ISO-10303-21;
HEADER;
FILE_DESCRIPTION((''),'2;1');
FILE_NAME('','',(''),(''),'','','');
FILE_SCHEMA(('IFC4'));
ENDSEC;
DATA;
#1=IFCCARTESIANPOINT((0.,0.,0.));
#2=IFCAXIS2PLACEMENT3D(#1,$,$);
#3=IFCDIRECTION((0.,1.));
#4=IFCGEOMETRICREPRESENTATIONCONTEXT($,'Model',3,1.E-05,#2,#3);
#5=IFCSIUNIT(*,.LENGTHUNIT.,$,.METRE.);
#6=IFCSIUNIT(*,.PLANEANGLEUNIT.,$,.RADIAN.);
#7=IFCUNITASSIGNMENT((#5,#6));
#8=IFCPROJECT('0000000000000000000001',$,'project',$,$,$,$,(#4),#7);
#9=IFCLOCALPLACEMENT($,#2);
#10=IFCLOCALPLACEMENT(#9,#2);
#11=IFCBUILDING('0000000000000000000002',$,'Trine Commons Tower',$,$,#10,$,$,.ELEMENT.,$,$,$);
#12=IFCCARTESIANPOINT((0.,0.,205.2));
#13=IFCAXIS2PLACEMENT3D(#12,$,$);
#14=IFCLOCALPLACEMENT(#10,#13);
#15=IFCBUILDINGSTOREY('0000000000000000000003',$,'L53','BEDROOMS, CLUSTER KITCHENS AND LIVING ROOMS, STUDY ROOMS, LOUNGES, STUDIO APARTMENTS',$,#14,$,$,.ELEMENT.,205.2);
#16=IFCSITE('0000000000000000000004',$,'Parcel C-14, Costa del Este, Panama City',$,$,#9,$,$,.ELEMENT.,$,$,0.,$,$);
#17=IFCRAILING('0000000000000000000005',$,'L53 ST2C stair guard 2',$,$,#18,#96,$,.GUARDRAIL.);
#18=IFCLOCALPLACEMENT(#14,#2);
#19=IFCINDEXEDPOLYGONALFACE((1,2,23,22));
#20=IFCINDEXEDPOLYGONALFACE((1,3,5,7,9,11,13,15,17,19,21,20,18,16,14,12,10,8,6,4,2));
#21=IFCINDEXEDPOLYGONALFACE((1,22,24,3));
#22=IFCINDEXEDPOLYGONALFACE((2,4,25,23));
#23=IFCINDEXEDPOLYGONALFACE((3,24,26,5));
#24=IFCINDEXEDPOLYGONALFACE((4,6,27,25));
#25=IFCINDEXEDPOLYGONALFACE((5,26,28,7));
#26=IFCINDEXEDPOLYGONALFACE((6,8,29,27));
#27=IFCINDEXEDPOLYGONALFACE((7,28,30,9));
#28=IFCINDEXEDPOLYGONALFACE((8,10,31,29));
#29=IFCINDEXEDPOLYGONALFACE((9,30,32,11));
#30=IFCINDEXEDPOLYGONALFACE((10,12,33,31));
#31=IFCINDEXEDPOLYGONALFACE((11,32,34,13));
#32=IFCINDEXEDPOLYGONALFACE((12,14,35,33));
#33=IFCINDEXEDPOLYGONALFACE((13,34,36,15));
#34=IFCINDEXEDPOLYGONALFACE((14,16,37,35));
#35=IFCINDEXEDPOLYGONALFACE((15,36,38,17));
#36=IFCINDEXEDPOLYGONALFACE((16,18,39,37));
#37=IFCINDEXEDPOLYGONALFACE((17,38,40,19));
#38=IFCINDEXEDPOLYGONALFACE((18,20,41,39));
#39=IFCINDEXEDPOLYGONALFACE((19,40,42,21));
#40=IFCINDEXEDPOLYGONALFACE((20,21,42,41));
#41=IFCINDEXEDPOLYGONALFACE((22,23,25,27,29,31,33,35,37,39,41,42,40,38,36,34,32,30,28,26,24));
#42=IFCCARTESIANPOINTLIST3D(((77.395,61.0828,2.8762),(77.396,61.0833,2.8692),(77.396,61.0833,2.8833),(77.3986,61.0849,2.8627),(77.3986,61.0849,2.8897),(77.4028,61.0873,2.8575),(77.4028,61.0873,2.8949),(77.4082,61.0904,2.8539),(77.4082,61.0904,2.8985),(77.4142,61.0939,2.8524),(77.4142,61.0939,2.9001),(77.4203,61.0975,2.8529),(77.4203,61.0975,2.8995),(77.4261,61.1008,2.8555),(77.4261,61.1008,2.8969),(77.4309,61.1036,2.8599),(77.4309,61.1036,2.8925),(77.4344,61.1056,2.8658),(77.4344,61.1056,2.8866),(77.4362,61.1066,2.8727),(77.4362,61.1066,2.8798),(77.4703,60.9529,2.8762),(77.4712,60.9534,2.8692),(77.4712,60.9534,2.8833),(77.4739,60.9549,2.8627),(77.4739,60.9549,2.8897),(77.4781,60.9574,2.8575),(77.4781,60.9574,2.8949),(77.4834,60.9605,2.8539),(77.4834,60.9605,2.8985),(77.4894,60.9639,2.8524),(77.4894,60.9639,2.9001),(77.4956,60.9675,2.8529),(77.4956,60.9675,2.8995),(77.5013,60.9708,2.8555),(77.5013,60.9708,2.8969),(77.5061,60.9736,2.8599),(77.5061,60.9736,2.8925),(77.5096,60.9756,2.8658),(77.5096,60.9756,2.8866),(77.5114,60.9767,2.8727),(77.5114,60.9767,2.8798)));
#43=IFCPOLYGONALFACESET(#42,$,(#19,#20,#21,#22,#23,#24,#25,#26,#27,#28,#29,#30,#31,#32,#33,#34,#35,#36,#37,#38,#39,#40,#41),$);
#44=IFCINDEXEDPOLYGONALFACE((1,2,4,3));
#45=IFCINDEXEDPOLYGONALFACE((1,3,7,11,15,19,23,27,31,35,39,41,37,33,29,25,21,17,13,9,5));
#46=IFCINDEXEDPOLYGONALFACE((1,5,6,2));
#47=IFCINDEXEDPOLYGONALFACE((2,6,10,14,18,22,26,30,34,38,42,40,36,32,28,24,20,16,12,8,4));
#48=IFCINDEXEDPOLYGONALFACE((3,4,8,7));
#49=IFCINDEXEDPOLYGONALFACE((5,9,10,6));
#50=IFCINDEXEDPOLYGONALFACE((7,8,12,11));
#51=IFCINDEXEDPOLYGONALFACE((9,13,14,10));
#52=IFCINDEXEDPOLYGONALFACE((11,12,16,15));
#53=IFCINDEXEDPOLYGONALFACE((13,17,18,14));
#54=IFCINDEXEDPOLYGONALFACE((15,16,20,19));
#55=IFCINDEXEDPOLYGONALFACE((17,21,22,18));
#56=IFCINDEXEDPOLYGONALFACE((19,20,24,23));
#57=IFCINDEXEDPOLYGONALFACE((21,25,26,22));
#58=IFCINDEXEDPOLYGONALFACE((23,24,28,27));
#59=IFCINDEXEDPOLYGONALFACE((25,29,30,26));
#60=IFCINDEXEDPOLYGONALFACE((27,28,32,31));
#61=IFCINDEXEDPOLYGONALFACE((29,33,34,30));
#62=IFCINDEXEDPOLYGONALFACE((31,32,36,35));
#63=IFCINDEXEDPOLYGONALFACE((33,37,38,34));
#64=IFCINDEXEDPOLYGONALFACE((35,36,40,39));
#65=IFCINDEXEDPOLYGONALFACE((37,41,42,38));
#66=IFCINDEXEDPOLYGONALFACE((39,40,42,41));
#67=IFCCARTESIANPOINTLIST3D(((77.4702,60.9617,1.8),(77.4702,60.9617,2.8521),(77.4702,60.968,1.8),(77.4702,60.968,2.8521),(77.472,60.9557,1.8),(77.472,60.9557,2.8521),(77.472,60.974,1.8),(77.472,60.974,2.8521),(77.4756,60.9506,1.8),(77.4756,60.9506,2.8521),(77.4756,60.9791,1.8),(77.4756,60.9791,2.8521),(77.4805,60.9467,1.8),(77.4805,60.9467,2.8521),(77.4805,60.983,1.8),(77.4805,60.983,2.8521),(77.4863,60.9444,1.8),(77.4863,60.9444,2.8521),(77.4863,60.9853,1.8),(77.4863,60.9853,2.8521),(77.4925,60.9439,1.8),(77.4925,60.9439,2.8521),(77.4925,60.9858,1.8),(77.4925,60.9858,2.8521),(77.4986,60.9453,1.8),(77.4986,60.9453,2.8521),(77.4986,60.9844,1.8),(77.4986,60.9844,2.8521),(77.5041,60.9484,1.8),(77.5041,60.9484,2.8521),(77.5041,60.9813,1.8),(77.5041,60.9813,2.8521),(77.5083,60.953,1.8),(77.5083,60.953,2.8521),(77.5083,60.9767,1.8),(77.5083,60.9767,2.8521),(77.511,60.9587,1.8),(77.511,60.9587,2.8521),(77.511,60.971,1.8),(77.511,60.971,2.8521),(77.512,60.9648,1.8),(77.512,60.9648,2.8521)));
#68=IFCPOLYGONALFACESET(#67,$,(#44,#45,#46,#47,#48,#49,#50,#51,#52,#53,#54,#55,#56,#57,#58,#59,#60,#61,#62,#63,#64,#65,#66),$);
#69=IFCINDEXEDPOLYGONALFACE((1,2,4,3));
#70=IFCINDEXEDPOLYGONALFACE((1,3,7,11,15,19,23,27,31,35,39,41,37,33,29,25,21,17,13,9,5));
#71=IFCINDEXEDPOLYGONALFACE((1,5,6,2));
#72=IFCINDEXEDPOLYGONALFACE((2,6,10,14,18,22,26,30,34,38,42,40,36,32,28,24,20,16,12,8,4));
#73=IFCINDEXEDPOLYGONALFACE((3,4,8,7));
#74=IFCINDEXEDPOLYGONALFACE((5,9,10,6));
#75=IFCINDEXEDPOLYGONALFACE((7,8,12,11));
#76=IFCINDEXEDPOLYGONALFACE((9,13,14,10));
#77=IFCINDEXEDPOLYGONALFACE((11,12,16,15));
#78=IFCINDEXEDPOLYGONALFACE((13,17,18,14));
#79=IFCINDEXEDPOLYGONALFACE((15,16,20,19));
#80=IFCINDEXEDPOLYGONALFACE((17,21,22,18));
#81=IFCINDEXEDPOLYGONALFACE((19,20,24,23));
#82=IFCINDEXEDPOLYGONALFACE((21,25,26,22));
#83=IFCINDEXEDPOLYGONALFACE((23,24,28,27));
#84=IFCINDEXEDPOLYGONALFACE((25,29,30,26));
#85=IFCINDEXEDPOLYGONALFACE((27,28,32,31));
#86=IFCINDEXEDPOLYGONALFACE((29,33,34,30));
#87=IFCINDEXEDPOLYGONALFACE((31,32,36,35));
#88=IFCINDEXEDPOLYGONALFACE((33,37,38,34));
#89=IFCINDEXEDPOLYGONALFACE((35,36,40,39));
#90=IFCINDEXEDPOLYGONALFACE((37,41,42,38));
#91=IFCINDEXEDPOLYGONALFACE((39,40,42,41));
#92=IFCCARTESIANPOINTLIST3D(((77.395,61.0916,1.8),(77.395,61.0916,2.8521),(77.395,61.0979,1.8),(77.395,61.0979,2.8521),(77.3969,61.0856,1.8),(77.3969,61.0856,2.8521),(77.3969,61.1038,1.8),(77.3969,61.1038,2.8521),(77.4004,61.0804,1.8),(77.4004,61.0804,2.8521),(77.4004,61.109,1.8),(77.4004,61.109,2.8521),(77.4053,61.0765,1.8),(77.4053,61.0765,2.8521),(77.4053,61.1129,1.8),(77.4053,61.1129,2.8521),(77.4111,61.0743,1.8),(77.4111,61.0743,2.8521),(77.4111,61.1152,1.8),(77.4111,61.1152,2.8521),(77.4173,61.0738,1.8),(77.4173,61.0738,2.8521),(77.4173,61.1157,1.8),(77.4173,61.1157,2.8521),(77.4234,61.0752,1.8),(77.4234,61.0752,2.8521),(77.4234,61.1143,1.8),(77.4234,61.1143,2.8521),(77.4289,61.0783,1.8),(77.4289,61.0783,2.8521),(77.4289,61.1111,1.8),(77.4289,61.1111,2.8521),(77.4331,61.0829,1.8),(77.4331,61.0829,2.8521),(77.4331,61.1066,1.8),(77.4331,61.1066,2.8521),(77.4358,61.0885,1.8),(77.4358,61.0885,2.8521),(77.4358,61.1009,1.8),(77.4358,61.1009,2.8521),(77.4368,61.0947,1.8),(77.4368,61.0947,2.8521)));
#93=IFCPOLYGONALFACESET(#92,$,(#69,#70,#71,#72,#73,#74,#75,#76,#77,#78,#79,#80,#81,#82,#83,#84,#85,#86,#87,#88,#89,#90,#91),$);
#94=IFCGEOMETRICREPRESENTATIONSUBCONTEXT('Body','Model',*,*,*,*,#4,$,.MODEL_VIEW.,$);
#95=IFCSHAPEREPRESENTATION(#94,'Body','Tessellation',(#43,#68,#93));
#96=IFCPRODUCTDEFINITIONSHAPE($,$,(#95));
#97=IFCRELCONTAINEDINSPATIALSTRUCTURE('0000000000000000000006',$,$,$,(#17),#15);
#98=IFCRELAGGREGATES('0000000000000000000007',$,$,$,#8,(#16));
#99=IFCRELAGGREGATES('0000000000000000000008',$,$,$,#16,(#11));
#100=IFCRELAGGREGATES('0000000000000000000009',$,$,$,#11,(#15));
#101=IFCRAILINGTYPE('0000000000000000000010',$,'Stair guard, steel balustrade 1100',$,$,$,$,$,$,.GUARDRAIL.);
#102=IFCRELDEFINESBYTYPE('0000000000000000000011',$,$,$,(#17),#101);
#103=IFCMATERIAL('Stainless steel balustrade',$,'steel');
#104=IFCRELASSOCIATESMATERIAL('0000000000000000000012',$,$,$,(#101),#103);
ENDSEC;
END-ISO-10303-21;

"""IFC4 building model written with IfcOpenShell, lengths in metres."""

from ifc_helpers import new_model, si_unit, direction, frame, origin, origin_2d, place, context, subcontext, project, spatial, circle, extrude, material, type_object, element, save


model = new_model("IFC4")

# Units and contexts
model_context = context("Model", 3, precision=1e-05, world=origin(), true_north=direction((0.0, 1.0)))
body_context = subcontext(model_context, "Body", "Model", "MODEL_VIEW")
ifc_project = project(units=[si_unit("LENGTHUNIT", "METRE"), si_unit("PLANEANGLEUNIT", "RADIAN")], contexts=[model_context])

# Site, building, storey
site_placement = place(None, origin())
site = spatial("IfcSite", under=ifc_project, at=site_placement, Name="Parcel C-14, Costa del Este, Panama City", CompositionType="ELEMENT", RefElevation=0.0)
building_placement = place(site_placement, origin())
building = spatial("IfcBuilding", under=site, at=building_placement, Name="Trine Commons Tower", CompositionType="ELEMENT")
storey_placement = place(building_placement, frame((0.0, 0.0, 205.2)))
storey = spatial("IfcBuildingStorey", under=building, at=storey_placement, Name="L53", Description="BEDROOMS, CLUSTER KITCHENS AND LIVING ROOMS, STUDY ROOMS, LOUNGES, STUDIO APARTMENTS", CompositionType="ELEMENT", Elevation=205.2)

# Railing
ifc_material_1 = material(Name="Stainless steel balustrade", Category="steel")
railing_type_1 = type_object("IfcRailingType", Name="Stair guard, steel balustrade 1100", PredefinedType="GUARDRAIL", material=ifc_material_1)
railing_1_placement = place(storey_placement, frame((77.491, 60.9648, 1.8)))
element("IfcRailing", 1, at=railing_1_placement, inside=storey, type_object=railing_type_1, Name="L53 ST2C stair guard 2", PredefinedType="GUARDRAIL", context=body_context, shape_type="SweptSolid", body=[
    extrude(circle(Radius=0.0239, at=origin_2d()), frame((0.0, 0.0, 1.0762), z_axis=(-0.501036, 0.865426, 0.0), x_axis=(-0.865426, -0.501036, 0.0)), (0.0, 0.0, 1.0), 0.1501),
    extrude(circle(Radius=0.021, at=origin_2d()), origin(), (0.0, 0.0, 1.0), 1.052),
    extrude(circle(Radius=0.021, at=origin_2d()), frame((-0.0752, 0.1299, 0.0)), (0.0, 0.0, 1.0), 1.052),
])

save(model, "model.ifc")
